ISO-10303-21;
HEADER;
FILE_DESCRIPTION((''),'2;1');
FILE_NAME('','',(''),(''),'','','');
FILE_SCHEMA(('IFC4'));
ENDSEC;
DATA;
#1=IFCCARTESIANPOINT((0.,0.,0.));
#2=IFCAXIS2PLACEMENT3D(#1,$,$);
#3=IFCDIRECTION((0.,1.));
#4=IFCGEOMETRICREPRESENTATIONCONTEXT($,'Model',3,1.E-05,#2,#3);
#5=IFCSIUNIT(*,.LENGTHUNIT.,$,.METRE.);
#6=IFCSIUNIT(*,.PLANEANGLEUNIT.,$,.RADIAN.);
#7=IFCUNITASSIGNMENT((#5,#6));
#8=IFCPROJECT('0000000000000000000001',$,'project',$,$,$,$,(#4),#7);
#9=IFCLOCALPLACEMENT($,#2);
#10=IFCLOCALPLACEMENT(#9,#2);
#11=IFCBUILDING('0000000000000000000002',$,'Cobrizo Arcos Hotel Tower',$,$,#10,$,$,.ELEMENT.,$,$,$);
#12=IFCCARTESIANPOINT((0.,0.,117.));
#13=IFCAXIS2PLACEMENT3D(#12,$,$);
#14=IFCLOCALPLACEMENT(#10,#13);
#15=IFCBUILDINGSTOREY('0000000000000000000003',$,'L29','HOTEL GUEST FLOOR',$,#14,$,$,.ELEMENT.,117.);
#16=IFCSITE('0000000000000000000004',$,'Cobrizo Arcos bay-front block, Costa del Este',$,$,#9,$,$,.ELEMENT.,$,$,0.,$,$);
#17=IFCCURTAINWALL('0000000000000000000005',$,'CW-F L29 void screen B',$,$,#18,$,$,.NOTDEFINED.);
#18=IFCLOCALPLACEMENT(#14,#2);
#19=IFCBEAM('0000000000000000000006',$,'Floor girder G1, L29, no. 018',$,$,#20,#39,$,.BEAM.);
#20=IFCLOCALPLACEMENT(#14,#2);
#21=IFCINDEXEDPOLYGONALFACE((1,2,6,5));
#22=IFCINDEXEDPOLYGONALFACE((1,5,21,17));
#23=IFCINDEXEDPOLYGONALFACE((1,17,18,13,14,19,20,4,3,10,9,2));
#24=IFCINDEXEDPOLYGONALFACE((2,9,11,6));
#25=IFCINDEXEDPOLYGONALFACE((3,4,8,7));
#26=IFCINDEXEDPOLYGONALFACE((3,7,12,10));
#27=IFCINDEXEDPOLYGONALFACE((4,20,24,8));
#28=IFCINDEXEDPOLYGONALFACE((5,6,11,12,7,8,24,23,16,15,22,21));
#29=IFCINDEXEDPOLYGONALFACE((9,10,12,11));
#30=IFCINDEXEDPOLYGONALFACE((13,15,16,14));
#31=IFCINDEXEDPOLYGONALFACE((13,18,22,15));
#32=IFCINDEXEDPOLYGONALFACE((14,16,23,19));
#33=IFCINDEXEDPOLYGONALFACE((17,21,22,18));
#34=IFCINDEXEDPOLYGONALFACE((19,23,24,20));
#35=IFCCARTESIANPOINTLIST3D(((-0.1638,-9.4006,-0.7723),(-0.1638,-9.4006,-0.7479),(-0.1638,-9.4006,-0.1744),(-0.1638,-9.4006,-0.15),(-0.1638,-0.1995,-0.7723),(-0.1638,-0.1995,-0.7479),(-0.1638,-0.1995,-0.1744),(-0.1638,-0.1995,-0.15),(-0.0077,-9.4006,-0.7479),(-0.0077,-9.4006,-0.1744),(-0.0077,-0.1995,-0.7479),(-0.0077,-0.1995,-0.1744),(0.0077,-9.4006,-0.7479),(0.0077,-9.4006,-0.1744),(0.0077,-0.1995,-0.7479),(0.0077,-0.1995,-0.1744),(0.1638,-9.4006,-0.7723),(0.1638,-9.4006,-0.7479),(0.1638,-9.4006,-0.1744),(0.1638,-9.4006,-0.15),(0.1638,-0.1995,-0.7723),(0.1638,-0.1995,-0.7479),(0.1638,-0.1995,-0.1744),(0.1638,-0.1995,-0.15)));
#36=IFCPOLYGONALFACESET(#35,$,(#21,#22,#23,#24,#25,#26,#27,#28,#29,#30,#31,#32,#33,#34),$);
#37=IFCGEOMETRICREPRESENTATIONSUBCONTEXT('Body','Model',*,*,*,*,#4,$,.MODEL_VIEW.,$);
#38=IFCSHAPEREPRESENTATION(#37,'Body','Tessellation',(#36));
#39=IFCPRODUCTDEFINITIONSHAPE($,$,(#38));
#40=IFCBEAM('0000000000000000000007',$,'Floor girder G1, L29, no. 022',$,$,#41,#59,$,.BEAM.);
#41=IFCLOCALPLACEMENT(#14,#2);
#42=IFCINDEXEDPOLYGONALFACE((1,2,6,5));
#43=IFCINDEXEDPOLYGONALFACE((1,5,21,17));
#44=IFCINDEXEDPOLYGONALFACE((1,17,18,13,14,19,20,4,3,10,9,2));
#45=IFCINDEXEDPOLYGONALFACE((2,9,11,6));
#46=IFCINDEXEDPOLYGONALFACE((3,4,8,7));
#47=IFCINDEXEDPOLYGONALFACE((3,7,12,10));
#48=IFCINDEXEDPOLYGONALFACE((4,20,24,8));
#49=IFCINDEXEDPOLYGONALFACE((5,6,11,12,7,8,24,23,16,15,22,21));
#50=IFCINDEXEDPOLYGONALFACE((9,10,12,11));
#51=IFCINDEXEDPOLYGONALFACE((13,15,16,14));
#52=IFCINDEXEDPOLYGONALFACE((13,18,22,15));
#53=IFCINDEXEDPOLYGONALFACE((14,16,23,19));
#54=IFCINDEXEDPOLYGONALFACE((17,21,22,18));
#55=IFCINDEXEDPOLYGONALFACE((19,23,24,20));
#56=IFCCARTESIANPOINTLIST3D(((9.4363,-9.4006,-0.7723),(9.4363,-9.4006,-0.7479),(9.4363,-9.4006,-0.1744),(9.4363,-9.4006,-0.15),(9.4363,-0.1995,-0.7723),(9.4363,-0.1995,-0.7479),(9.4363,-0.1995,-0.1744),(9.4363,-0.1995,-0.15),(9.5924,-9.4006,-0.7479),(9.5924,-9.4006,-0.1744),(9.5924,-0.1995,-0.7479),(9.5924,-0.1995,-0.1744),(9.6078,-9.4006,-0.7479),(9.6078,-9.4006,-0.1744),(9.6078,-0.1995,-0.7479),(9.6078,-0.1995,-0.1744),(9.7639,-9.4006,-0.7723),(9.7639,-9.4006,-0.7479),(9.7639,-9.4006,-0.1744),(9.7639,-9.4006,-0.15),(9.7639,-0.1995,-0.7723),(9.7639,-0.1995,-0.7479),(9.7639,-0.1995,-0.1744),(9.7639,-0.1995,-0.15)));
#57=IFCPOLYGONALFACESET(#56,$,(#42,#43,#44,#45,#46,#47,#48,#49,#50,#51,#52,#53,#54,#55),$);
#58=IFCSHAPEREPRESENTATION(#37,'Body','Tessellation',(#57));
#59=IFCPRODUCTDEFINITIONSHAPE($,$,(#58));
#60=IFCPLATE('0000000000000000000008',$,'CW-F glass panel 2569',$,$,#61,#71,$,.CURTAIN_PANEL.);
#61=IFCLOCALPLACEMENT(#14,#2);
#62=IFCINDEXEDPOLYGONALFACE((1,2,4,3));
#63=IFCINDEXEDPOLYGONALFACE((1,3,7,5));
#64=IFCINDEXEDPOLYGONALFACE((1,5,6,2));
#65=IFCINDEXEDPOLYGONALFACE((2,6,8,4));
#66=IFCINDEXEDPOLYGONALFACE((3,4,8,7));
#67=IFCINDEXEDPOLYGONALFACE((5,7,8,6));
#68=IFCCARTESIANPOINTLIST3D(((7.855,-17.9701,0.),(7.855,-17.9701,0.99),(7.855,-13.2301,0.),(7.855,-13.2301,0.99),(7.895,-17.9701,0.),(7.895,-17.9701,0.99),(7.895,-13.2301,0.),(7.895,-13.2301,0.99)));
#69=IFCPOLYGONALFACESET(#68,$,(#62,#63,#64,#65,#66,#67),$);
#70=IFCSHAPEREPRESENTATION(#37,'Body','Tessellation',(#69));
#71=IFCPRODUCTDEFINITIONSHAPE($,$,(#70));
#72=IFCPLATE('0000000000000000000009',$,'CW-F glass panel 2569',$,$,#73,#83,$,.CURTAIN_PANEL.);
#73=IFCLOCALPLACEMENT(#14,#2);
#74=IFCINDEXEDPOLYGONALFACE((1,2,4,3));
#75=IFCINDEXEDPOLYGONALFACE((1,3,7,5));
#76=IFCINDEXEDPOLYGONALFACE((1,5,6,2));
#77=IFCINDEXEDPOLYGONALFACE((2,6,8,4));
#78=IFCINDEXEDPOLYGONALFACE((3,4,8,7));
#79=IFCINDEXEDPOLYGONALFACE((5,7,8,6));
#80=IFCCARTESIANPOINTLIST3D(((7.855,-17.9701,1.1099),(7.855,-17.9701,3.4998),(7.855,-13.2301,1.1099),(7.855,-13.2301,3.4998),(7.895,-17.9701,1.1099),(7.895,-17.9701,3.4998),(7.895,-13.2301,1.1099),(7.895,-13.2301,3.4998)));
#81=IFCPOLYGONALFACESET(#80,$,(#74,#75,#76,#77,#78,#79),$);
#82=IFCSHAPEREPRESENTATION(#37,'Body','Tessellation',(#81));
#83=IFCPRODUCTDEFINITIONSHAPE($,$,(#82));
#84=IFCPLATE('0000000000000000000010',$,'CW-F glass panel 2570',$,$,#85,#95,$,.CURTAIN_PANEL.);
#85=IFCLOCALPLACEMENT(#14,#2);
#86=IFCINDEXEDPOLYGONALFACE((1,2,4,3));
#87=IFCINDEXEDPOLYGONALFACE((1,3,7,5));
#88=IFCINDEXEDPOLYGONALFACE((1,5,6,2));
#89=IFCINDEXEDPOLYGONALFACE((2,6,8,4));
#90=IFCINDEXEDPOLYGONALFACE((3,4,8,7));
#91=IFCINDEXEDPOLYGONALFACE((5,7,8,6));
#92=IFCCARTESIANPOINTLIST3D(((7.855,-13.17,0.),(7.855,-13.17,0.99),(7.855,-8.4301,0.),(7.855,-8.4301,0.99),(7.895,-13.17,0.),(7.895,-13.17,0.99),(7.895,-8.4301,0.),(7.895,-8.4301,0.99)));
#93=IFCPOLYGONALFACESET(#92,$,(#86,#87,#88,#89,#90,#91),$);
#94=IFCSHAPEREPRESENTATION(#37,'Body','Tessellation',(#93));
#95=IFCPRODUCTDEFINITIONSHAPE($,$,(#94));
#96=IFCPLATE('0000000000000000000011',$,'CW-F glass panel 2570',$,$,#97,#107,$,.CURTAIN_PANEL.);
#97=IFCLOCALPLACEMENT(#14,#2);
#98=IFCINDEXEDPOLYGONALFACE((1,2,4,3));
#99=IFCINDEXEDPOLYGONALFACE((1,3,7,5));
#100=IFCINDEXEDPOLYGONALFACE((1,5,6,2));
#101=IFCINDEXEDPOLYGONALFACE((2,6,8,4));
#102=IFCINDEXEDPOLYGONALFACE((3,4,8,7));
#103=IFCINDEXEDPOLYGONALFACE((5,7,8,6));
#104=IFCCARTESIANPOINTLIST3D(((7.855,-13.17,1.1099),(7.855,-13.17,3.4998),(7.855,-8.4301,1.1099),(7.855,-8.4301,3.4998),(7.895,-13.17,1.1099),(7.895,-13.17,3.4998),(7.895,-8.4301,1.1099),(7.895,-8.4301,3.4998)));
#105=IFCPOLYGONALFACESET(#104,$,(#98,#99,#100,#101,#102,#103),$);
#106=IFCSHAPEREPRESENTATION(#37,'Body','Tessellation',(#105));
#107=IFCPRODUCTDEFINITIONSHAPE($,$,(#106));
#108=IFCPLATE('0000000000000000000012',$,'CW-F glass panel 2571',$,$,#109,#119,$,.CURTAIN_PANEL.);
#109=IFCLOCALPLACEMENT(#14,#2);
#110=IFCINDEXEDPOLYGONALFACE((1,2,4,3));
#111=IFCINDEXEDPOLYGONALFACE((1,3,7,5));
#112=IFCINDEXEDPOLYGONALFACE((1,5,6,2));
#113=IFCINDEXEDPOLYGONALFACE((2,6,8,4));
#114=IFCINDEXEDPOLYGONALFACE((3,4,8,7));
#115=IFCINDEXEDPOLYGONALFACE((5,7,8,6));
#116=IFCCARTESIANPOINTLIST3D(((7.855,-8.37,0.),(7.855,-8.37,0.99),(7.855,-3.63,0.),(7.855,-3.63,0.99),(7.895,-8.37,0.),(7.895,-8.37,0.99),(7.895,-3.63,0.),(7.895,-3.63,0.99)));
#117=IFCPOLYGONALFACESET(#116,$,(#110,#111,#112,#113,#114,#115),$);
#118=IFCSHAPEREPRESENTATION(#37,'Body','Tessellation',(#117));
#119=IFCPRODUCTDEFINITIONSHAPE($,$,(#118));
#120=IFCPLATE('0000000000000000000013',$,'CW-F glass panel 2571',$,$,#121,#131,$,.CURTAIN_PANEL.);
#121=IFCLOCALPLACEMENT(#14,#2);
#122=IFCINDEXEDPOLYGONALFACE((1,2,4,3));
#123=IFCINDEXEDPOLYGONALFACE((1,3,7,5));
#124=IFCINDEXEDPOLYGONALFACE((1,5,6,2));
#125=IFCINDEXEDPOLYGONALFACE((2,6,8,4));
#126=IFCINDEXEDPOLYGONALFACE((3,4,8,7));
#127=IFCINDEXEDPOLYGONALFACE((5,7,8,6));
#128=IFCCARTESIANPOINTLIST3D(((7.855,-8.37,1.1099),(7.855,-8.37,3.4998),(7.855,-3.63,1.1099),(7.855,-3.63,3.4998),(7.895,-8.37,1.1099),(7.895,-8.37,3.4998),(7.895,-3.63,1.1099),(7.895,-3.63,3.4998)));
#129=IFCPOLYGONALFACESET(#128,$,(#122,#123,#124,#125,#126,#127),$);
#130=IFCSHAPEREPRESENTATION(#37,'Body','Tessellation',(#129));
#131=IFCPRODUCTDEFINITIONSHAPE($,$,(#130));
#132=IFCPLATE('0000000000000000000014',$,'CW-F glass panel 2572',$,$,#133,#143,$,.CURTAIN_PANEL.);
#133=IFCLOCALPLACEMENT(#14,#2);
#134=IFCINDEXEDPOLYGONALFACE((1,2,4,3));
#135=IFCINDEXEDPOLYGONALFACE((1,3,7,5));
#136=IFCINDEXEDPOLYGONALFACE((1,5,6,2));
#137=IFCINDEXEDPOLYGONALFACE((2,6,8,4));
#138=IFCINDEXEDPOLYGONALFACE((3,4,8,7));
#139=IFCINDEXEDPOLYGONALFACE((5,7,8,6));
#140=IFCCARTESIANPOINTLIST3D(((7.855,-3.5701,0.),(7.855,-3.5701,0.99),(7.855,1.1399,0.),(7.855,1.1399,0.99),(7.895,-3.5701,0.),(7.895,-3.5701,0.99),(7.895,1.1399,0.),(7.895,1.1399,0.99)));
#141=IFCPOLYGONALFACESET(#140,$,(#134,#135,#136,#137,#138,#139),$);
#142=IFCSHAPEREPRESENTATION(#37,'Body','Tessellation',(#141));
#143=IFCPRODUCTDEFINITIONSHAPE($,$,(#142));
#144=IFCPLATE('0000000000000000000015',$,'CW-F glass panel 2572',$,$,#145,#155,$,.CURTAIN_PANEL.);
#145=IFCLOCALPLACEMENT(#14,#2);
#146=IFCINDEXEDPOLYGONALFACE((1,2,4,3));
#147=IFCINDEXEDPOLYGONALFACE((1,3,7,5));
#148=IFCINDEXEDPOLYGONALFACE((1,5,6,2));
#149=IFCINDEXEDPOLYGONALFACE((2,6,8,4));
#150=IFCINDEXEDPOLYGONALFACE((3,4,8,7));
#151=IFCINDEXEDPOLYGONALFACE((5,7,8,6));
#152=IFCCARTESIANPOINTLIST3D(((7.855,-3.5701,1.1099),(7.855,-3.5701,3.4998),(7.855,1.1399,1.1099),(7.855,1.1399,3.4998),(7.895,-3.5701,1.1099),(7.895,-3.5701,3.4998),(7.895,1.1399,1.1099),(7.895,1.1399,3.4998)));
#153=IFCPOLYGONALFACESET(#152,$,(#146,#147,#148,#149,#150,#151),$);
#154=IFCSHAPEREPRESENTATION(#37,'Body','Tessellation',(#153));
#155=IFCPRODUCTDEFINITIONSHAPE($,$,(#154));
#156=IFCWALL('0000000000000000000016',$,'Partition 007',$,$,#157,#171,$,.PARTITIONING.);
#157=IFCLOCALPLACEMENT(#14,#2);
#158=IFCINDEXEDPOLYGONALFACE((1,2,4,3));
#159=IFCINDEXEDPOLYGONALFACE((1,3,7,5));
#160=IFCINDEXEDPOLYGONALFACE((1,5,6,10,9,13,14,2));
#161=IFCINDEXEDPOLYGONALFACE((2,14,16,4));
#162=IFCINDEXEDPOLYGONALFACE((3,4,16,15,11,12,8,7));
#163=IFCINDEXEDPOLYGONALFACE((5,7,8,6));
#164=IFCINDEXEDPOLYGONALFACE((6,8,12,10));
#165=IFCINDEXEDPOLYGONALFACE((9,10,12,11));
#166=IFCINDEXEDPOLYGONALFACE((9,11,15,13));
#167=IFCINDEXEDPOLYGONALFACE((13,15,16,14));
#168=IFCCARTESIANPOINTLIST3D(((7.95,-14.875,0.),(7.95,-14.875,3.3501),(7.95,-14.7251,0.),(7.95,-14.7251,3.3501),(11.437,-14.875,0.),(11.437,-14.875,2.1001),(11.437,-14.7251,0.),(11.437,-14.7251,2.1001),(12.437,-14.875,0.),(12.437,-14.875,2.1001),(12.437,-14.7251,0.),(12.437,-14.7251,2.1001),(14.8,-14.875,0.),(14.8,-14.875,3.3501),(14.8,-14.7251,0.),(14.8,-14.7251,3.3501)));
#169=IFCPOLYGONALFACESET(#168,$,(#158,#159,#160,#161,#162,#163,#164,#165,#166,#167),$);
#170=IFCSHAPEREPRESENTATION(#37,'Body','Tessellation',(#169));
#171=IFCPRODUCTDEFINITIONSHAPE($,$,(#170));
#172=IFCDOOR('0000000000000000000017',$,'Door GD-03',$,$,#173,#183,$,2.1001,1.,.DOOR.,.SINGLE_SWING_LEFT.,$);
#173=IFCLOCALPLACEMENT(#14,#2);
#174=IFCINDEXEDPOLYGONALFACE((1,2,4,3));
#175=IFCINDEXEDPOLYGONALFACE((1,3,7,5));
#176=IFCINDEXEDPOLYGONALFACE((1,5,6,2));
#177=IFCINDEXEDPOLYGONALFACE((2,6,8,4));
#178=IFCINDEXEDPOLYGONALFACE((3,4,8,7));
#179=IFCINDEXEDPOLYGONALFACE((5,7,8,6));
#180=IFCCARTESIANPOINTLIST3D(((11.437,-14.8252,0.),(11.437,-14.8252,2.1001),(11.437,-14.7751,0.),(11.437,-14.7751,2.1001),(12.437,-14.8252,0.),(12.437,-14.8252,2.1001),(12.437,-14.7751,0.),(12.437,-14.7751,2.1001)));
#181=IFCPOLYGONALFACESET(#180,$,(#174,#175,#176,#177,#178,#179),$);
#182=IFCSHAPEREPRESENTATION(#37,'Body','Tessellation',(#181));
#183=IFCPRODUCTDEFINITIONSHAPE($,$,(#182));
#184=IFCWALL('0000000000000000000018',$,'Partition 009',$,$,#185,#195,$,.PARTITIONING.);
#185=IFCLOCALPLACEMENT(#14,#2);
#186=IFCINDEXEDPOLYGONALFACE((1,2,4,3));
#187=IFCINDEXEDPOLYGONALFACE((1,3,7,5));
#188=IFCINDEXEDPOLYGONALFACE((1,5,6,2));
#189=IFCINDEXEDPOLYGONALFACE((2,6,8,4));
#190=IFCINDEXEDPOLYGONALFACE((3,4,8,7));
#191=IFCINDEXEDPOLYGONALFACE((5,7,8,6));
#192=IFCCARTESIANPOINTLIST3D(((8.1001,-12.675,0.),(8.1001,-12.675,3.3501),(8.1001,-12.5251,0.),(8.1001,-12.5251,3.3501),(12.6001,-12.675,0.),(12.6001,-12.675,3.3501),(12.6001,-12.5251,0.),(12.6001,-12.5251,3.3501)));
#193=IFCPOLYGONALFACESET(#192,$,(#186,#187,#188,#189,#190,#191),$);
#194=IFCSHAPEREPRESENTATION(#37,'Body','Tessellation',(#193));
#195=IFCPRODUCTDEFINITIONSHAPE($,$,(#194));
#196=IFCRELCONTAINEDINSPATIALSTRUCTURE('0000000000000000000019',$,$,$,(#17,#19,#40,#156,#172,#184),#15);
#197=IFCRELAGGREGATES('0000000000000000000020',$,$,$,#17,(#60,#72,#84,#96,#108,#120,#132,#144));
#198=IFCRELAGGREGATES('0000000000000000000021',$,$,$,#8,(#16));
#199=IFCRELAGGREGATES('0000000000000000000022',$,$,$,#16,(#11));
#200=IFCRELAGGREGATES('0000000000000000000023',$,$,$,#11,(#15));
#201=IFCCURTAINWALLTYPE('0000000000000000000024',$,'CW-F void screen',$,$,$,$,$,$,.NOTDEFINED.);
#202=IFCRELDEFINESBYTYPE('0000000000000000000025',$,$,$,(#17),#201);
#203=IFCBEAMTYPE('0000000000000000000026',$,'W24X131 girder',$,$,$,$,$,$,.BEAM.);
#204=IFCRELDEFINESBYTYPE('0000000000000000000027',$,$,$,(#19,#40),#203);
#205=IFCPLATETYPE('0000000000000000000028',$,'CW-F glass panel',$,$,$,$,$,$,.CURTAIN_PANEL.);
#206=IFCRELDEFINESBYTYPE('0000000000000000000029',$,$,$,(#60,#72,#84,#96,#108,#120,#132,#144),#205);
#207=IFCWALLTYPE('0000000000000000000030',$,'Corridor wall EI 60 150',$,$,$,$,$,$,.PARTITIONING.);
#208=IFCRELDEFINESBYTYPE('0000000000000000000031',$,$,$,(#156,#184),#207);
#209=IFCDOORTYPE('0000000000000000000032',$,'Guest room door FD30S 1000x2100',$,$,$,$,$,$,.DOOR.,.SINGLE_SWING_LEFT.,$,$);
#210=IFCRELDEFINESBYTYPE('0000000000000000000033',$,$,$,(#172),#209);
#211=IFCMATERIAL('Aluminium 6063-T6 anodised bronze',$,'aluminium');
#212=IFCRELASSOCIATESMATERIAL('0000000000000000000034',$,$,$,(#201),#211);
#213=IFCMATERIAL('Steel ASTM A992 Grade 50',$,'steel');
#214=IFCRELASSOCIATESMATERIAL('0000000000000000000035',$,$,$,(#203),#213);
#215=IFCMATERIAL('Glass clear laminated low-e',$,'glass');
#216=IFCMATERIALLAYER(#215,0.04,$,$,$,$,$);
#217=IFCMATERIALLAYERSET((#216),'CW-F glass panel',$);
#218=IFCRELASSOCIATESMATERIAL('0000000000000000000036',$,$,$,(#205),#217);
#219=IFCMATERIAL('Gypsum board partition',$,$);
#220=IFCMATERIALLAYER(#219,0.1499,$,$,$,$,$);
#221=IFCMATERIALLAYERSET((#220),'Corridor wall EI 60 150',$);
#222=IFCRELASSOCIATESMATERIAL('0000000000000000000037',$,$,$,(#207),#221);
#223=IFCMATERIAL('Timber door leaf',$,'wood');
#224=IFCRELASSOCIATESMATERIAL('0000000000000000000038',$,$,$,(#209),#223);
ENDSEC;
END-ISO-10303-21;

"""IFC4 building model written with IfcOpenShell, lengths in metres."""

from ifc_helpers import new_model, si_unit, direction, frame, frame_2d, origin, origin_2d, place, context, subcontext, project, spatial, rectangle, i_section, extrude, material, layer, layer_set, material_profile, profile_set, type_object, element, fill, aggregate, save


model = new_model("IFC4")

# Units and contexts
model_context = context("Model", 3, precision=1e-05, world=origin(), true_north=direction((0.0, 1.0)))
body_context = subcontext(model_context, "Body", "Model", "MODEL_VIEW")
ifc_project = project(units=[si_unit("LENGTHUNIT", "METRE"), si_unit("PLANEANGLEUNIT", "RADIAN")], contexts=[model_context])

# Site, building, storey
site_placement = place(None, origin())
site = spatial("IfcSite", under=ifc_project, at=site_placement, Name="Cobrizo Arcos bay-front block, Costa del Este", CompositionType="ELEMENT", RefElevation=0.0)
building_placement = place(site_placement, origin())
building = spatial("IfcBuilding", under=site, at=building_placement, Name="Cobrizo Arcos Hotel Tower", CompositionType="ELEMENT")
storey_placement = place(building_placement, frame((0.0, 0.0, 117.0)))
storey = spatial("IfcBuildingStorey", under=building, at=storey_placement, Name="L29", Description="HOTEL GUEST FLOOR", CompositionType="ELEMENT", Elevation=117.0)

# Shared definitions
ifc_material_1 = material(Name="Steel ASTM A992 Grade 50", Category="steel")

# Curtain wall
ifc_material_2 = material(Name="Aluminium 6063-T6 anodised bronze", Category="aluminium")
curtain_wall_type = type_object("IfcCurtainWallType", Name="CW-F void screen", PredefinedType="NOTDEFINED", material=ifc_material_2)
curtain_wall_placement = place(storey_placement, origin())
curtain_wall = element("IfcCurtainWall", 1, at=curtain_wall_placement, inside=storey, type_object=curtain_wall_type, Name="CW-F L29 void screen B", PredefinedType="NOTDEFINED")

# Beams
ifc_material_profile_1 = material_profile(ifc_material_1, i_section(OverallWidth=0.3276, OverallDepth=0.6223, WebThickness=0.0154, FlangeThickness=0.0244, at=origin_2d()), Name="W24X131")
ifc_profile_set_1 = profile_set([ifc_material_profile_1], Name="Steel ASTM A992 Grade 50")
beam_type_1 = type_object("IfcBeamType", Name="W24X131 girder", PredefinedType="BEAM", material=ifc_profile_set_1)
for number, where, z_axis, x_axis, name in (
    (2, (0.0, -9.4006, -0.4612), (0.0, 1.0, 0.0), (-1.0, 0.0, 0.0), "Floor girder G1, L29, no. 018"),
    (3, (9.6001, -9.4006, -0.4612), (0.0, 1.0, 0.0), (-1.0, 0.0, 0.0), "Floor girder G1, L29, no. 022"),
):
    element("IfcBeam", number, at=place(storey_placement, frame(where, z_axis=z_axis, x_axis=x_axis)), inside=storey, type_object=beam_type_1, Name=name, PredefinedType="BEAM", context=body_context, shape_type="SweptSolid", body=[
        extrude(i_section(OverallWidth=0.3276, OverallDepth=0.6223, WebThickness=0.0154, FlangeThickness=0.0244, at=origin_2d()), origin(), (0.0, 0.0, 1.0), 9.2012),
    ])

# Plates
ifc_material_3 = material(Name="Glass clear laminated low-e", Category="glass")
ifc_layer_1 = layer(ifc_material_3, 0.04)
ifc_layer_set_1 = layer_set([ifc_layer_1], Name="CW-F glass panel")
plate_type = type_object("IfcPlateType", Name="CW-F glass panel", PredefinedType="CURTAIN_PANEL", material=ifc_layer_set_1)
plate_1_placement = place(storey_placement, frame((7.875, -15.6001, 0.0), z_axis=(0.0, 0.0, 1.0), x_axis=(0.0, 1.0, 0.0)))
plate_1 = element("IfcPlate", 4, at=plate_1_placement, type_object=plate_type, Name="CW-F glass panel 2569", PredefinedType="CURTAIN_PANEL", context=body_context, shape_type="SweptSolid", body=[
    extrude(rectangle(XDim=4.74, YDim=0.04, at=origin_2d()), origin(), (0.0, 0.0, 1.0), 0.99),
])
plate_2_placement = place(storey_placement, frame((7.875, -15.6001, 1.1099), z_axis=(0.0, 0.0, 1.0), x_axis=(0.0, 1.0, 0.0)))
plate_2 = element("IfcPlate", 5, at=plate_2_placement, type_object=plate_type, Name="CW-F glass panel 2569", PredefinedType="CURTAIN_PANEL", context=body_context, shape_type="SweptSolid", body=[
    extrude(rectangle(XDim=4.74, YDim=0.04, at=origin_2d()), origin(), (0.0, 0.0, 1.0), 2.3899),
])
plate_3_placement = place(storey_placement, frame((7.875, -10.8, 0.0), z_axis=(0.0, 0.0, 1.0), x_axis=(0.0, 1.0, 0.0)))
plate_3 = element("IfcPlate", 6, at=plate_3_placement, type_object=plate_type, Name="CW-F glass panel 2570", PredefinedType="CURTAIN_PANEL", context=body_context, shape_type="SweptSolid", body=[
    extrude(rectangle(XDim=4.74, YDim=0.04, at=origin_2d()), origin(), (0.0, 0.0, 1.0), 0.99),
])
plate_4_placement = place(storey_placement, frame((7.875, -10.8, 1.1099), z_axis=(0.0, 0.0, 1.0), x_axis=(0.0, 1.0, 0.0)))
plate_4 = element("IfcPlate", 7, at=plate_4_placement, type_object=plate_type, Name="CW-F glass panel 2570", PredefinedType="CURTAIN_PANEL", context=body_context, shape_type="SweptSolid", body=[
    extrude(rectangle(XDim=4.74, YDim=0.04, at=origin_2d()), origin(), (0.0, 0.0, 1.0), 2.3899),
])
plate_5_placement = place(storey_placement, frame((7.875, -6.0, 0.0), z_axis=(0.0, 0.0, 1.0), x_axis=(0.0, 1.0, 0.0)))
plate_5 = element("IfcPlate", 8, at=plate_5_placement, type_object=plate_type, Name="CW-F glass panel 2571", PredefinedType="CURTAIN_PANEL", context=body_context, shape_type="SweptSolid", body=[
    extrude(rectangle(XDim=4.74, YDim=0.04, at=origin_2d()), origin(), (0.0, 0.0, 1.0), 0.99),
])
plate_6_placement = place(storey_placement, frame((7.875, -6.0, 1.1099), z_axis=(0.0, 0.0, 1.0), x_axis=(0.0, 1.0, 0.0)))
plate_6 = element("IfcPlate", 9, at=plate_6_placement, type_object=plate_type, Name="CW-F glass panel 2571", PredefinedType="CURTAIN_PANEL", context=body_context, shape_type="SweptSolid", body=[
    extrude(rectangle(XDim=4.74, YDim=0.04, at=origin_2d()), origin(), (0.0, 0.0, 1.0), 2.3899),
])
plate_7_placement = place(storey_placement, frame((7.875, -1.2151, 0.0), z_axis=(0.0, 0.0, 1.0), x_axis=(0.0, 1.0, 0.0)))
plate_7 = element("IfcPlate", 10, at=plate_7_placement, type_object=plate_type, Name="CW-F glass panel 2572", PredefinedType="CURTAIN_PANEL", context=body_context, shape_type="SweptSolid", body=[
    extrude(rectangle(XDim=4.71, YDim=0.04, at=origin_2d()), origin(), (0.0, 0.0, 1.0), 0.99),
])
plate_8_placement = place(storey_placement, frame((7.875, -1.2151, 1.1099), z_axis=(0.0, 0.0, 1.0), x_axis=(0.0, 1.0, 0.0)))
plate_8 = element("IfcPlate", 11, at=plate_8_placement, type_object=plate_type, Name="CW-F glass panel 2572", PredefinedType="CURTAIN_PANEL", context=body_context, shape_type="SweptSolid", body=[
    extrude(rectangle(XDim=4.71, YDim=0.04, at=origin_2d()), origin(), (0.0, 0.0, 1.0), 2.3899),
])
aggregate(curtain_wall, [plate_1, plate_2, plate_3, plate_4, plate_5, plate_6, plate_7, plate_8])

# Wall, opening, door
ifc_material_4 = material(Name="Gypsum board partition")
ifc_layer_2 = layer(ifc_material_4, 0.1499)
ifc_layer_set_2 = layer_set([ifc_layer_2], Name="Corridor wall EI 60 150")
wall_type_1 = type_object("IfcWallType", Name="Corridor wall EI 60 150", PredefinedType="PARTITIONING", material=ifc_layer_set_2)
wall_1_placement = place(storey_placement, frame((7.95, -14.8, 0.0), z_axis=(0.0, 0.0, 1.0), x_axis=(1.0, 0.0, 0.0)))
wall_1 = element("IfcWall", 12, at=wall_1_placement, inside=storey, type_object=wall_type_1, Name="Partition 007", PredefinedType="PARTITIONING", context=body_context, shape_type="SweptSolid", body=[
    extrude(rectangle(XDim=6.8501, YDim=0.1499, at=frame_2d((3.425, 0.0))), origin(), (0.0, 0.0, 1.0), 3.3501),
])
opening_1_placement = place(wall_1_placement, frame((3.4871, 0.0, 0.0)))
opening_1 = element("IfcOpeningElement", 13, at=opening_1_placement, cuts=wall_1, PredefinedType="OPENING", context=body_context, shape_type="SweptSolid", body=[
    extrude(rectangle(XDim=1.0, YDim=2.1001, at=frame_2d((0.5, 1.05))), frame((0.0, 0.0869, 0.0), z_axis=(0.0, -1.0, 0.0), x_axis=(1.0, 0.0, 0.0)), (0.0, 0.0, 1.0), 0.1738),
])
ifc_material_5 = material(Name="Timber door leaf", Category="wood")
door_type_1 = type_object("IfcDoorType", Name="Guest room door FD30S 1000x2100", OperationType="SINGLE_SWING_LEFT", PredefinedType="DOOR", material=ifc_material_5)
door_1_placement = place(opening_1_placement, origin())
door_1 = element("IfcDoor", 14, at=door_1_placement, inside=storey, type_object=door_type_1, Name="Door GD-03", OperationType="SINGLE_SWING_LEFT", OverallHeight=2.1001, OverallWidth=1.0, PredefinedType="DOOR", context=body_context, shape_type="SweptSolid", body=[
    extrude(rectangle(XDim=1.0, YDim=2.1001, at=frame_2d((0.5, 1.05))), frame((0.0, 0.0249, 0.0), z_axis=(0.0, -1.0, 0.0), x_axis=(1.0, 0.0, 0.0)), (0.0, 0.0, 1.0), 0.05),
])
fill(opening_1, door_1)

# Wall
wall_2_placement = place(storey_placement, frame((8.1001, -12.6001, 0.0), z_axis=(0.0, 0.0, 1.0), x_axis=(1.0, 0.0, 0.0)))
element("IfcWall", 15, at=wall_2_placement, inside=storey, type_object=wall_type_1, Name="Partition 009", PredefinedType="PARTITIONING", context=body_context, shape_type="SweptSolid", body=[
    extrude(rectangle(XDim=4.5, YDim=0.1499, at=frame_2d((2.25, 0.0))), origin(), (0.0, 0.0, 1.0), 3.3501),
])

save(model, "model.ifc")
